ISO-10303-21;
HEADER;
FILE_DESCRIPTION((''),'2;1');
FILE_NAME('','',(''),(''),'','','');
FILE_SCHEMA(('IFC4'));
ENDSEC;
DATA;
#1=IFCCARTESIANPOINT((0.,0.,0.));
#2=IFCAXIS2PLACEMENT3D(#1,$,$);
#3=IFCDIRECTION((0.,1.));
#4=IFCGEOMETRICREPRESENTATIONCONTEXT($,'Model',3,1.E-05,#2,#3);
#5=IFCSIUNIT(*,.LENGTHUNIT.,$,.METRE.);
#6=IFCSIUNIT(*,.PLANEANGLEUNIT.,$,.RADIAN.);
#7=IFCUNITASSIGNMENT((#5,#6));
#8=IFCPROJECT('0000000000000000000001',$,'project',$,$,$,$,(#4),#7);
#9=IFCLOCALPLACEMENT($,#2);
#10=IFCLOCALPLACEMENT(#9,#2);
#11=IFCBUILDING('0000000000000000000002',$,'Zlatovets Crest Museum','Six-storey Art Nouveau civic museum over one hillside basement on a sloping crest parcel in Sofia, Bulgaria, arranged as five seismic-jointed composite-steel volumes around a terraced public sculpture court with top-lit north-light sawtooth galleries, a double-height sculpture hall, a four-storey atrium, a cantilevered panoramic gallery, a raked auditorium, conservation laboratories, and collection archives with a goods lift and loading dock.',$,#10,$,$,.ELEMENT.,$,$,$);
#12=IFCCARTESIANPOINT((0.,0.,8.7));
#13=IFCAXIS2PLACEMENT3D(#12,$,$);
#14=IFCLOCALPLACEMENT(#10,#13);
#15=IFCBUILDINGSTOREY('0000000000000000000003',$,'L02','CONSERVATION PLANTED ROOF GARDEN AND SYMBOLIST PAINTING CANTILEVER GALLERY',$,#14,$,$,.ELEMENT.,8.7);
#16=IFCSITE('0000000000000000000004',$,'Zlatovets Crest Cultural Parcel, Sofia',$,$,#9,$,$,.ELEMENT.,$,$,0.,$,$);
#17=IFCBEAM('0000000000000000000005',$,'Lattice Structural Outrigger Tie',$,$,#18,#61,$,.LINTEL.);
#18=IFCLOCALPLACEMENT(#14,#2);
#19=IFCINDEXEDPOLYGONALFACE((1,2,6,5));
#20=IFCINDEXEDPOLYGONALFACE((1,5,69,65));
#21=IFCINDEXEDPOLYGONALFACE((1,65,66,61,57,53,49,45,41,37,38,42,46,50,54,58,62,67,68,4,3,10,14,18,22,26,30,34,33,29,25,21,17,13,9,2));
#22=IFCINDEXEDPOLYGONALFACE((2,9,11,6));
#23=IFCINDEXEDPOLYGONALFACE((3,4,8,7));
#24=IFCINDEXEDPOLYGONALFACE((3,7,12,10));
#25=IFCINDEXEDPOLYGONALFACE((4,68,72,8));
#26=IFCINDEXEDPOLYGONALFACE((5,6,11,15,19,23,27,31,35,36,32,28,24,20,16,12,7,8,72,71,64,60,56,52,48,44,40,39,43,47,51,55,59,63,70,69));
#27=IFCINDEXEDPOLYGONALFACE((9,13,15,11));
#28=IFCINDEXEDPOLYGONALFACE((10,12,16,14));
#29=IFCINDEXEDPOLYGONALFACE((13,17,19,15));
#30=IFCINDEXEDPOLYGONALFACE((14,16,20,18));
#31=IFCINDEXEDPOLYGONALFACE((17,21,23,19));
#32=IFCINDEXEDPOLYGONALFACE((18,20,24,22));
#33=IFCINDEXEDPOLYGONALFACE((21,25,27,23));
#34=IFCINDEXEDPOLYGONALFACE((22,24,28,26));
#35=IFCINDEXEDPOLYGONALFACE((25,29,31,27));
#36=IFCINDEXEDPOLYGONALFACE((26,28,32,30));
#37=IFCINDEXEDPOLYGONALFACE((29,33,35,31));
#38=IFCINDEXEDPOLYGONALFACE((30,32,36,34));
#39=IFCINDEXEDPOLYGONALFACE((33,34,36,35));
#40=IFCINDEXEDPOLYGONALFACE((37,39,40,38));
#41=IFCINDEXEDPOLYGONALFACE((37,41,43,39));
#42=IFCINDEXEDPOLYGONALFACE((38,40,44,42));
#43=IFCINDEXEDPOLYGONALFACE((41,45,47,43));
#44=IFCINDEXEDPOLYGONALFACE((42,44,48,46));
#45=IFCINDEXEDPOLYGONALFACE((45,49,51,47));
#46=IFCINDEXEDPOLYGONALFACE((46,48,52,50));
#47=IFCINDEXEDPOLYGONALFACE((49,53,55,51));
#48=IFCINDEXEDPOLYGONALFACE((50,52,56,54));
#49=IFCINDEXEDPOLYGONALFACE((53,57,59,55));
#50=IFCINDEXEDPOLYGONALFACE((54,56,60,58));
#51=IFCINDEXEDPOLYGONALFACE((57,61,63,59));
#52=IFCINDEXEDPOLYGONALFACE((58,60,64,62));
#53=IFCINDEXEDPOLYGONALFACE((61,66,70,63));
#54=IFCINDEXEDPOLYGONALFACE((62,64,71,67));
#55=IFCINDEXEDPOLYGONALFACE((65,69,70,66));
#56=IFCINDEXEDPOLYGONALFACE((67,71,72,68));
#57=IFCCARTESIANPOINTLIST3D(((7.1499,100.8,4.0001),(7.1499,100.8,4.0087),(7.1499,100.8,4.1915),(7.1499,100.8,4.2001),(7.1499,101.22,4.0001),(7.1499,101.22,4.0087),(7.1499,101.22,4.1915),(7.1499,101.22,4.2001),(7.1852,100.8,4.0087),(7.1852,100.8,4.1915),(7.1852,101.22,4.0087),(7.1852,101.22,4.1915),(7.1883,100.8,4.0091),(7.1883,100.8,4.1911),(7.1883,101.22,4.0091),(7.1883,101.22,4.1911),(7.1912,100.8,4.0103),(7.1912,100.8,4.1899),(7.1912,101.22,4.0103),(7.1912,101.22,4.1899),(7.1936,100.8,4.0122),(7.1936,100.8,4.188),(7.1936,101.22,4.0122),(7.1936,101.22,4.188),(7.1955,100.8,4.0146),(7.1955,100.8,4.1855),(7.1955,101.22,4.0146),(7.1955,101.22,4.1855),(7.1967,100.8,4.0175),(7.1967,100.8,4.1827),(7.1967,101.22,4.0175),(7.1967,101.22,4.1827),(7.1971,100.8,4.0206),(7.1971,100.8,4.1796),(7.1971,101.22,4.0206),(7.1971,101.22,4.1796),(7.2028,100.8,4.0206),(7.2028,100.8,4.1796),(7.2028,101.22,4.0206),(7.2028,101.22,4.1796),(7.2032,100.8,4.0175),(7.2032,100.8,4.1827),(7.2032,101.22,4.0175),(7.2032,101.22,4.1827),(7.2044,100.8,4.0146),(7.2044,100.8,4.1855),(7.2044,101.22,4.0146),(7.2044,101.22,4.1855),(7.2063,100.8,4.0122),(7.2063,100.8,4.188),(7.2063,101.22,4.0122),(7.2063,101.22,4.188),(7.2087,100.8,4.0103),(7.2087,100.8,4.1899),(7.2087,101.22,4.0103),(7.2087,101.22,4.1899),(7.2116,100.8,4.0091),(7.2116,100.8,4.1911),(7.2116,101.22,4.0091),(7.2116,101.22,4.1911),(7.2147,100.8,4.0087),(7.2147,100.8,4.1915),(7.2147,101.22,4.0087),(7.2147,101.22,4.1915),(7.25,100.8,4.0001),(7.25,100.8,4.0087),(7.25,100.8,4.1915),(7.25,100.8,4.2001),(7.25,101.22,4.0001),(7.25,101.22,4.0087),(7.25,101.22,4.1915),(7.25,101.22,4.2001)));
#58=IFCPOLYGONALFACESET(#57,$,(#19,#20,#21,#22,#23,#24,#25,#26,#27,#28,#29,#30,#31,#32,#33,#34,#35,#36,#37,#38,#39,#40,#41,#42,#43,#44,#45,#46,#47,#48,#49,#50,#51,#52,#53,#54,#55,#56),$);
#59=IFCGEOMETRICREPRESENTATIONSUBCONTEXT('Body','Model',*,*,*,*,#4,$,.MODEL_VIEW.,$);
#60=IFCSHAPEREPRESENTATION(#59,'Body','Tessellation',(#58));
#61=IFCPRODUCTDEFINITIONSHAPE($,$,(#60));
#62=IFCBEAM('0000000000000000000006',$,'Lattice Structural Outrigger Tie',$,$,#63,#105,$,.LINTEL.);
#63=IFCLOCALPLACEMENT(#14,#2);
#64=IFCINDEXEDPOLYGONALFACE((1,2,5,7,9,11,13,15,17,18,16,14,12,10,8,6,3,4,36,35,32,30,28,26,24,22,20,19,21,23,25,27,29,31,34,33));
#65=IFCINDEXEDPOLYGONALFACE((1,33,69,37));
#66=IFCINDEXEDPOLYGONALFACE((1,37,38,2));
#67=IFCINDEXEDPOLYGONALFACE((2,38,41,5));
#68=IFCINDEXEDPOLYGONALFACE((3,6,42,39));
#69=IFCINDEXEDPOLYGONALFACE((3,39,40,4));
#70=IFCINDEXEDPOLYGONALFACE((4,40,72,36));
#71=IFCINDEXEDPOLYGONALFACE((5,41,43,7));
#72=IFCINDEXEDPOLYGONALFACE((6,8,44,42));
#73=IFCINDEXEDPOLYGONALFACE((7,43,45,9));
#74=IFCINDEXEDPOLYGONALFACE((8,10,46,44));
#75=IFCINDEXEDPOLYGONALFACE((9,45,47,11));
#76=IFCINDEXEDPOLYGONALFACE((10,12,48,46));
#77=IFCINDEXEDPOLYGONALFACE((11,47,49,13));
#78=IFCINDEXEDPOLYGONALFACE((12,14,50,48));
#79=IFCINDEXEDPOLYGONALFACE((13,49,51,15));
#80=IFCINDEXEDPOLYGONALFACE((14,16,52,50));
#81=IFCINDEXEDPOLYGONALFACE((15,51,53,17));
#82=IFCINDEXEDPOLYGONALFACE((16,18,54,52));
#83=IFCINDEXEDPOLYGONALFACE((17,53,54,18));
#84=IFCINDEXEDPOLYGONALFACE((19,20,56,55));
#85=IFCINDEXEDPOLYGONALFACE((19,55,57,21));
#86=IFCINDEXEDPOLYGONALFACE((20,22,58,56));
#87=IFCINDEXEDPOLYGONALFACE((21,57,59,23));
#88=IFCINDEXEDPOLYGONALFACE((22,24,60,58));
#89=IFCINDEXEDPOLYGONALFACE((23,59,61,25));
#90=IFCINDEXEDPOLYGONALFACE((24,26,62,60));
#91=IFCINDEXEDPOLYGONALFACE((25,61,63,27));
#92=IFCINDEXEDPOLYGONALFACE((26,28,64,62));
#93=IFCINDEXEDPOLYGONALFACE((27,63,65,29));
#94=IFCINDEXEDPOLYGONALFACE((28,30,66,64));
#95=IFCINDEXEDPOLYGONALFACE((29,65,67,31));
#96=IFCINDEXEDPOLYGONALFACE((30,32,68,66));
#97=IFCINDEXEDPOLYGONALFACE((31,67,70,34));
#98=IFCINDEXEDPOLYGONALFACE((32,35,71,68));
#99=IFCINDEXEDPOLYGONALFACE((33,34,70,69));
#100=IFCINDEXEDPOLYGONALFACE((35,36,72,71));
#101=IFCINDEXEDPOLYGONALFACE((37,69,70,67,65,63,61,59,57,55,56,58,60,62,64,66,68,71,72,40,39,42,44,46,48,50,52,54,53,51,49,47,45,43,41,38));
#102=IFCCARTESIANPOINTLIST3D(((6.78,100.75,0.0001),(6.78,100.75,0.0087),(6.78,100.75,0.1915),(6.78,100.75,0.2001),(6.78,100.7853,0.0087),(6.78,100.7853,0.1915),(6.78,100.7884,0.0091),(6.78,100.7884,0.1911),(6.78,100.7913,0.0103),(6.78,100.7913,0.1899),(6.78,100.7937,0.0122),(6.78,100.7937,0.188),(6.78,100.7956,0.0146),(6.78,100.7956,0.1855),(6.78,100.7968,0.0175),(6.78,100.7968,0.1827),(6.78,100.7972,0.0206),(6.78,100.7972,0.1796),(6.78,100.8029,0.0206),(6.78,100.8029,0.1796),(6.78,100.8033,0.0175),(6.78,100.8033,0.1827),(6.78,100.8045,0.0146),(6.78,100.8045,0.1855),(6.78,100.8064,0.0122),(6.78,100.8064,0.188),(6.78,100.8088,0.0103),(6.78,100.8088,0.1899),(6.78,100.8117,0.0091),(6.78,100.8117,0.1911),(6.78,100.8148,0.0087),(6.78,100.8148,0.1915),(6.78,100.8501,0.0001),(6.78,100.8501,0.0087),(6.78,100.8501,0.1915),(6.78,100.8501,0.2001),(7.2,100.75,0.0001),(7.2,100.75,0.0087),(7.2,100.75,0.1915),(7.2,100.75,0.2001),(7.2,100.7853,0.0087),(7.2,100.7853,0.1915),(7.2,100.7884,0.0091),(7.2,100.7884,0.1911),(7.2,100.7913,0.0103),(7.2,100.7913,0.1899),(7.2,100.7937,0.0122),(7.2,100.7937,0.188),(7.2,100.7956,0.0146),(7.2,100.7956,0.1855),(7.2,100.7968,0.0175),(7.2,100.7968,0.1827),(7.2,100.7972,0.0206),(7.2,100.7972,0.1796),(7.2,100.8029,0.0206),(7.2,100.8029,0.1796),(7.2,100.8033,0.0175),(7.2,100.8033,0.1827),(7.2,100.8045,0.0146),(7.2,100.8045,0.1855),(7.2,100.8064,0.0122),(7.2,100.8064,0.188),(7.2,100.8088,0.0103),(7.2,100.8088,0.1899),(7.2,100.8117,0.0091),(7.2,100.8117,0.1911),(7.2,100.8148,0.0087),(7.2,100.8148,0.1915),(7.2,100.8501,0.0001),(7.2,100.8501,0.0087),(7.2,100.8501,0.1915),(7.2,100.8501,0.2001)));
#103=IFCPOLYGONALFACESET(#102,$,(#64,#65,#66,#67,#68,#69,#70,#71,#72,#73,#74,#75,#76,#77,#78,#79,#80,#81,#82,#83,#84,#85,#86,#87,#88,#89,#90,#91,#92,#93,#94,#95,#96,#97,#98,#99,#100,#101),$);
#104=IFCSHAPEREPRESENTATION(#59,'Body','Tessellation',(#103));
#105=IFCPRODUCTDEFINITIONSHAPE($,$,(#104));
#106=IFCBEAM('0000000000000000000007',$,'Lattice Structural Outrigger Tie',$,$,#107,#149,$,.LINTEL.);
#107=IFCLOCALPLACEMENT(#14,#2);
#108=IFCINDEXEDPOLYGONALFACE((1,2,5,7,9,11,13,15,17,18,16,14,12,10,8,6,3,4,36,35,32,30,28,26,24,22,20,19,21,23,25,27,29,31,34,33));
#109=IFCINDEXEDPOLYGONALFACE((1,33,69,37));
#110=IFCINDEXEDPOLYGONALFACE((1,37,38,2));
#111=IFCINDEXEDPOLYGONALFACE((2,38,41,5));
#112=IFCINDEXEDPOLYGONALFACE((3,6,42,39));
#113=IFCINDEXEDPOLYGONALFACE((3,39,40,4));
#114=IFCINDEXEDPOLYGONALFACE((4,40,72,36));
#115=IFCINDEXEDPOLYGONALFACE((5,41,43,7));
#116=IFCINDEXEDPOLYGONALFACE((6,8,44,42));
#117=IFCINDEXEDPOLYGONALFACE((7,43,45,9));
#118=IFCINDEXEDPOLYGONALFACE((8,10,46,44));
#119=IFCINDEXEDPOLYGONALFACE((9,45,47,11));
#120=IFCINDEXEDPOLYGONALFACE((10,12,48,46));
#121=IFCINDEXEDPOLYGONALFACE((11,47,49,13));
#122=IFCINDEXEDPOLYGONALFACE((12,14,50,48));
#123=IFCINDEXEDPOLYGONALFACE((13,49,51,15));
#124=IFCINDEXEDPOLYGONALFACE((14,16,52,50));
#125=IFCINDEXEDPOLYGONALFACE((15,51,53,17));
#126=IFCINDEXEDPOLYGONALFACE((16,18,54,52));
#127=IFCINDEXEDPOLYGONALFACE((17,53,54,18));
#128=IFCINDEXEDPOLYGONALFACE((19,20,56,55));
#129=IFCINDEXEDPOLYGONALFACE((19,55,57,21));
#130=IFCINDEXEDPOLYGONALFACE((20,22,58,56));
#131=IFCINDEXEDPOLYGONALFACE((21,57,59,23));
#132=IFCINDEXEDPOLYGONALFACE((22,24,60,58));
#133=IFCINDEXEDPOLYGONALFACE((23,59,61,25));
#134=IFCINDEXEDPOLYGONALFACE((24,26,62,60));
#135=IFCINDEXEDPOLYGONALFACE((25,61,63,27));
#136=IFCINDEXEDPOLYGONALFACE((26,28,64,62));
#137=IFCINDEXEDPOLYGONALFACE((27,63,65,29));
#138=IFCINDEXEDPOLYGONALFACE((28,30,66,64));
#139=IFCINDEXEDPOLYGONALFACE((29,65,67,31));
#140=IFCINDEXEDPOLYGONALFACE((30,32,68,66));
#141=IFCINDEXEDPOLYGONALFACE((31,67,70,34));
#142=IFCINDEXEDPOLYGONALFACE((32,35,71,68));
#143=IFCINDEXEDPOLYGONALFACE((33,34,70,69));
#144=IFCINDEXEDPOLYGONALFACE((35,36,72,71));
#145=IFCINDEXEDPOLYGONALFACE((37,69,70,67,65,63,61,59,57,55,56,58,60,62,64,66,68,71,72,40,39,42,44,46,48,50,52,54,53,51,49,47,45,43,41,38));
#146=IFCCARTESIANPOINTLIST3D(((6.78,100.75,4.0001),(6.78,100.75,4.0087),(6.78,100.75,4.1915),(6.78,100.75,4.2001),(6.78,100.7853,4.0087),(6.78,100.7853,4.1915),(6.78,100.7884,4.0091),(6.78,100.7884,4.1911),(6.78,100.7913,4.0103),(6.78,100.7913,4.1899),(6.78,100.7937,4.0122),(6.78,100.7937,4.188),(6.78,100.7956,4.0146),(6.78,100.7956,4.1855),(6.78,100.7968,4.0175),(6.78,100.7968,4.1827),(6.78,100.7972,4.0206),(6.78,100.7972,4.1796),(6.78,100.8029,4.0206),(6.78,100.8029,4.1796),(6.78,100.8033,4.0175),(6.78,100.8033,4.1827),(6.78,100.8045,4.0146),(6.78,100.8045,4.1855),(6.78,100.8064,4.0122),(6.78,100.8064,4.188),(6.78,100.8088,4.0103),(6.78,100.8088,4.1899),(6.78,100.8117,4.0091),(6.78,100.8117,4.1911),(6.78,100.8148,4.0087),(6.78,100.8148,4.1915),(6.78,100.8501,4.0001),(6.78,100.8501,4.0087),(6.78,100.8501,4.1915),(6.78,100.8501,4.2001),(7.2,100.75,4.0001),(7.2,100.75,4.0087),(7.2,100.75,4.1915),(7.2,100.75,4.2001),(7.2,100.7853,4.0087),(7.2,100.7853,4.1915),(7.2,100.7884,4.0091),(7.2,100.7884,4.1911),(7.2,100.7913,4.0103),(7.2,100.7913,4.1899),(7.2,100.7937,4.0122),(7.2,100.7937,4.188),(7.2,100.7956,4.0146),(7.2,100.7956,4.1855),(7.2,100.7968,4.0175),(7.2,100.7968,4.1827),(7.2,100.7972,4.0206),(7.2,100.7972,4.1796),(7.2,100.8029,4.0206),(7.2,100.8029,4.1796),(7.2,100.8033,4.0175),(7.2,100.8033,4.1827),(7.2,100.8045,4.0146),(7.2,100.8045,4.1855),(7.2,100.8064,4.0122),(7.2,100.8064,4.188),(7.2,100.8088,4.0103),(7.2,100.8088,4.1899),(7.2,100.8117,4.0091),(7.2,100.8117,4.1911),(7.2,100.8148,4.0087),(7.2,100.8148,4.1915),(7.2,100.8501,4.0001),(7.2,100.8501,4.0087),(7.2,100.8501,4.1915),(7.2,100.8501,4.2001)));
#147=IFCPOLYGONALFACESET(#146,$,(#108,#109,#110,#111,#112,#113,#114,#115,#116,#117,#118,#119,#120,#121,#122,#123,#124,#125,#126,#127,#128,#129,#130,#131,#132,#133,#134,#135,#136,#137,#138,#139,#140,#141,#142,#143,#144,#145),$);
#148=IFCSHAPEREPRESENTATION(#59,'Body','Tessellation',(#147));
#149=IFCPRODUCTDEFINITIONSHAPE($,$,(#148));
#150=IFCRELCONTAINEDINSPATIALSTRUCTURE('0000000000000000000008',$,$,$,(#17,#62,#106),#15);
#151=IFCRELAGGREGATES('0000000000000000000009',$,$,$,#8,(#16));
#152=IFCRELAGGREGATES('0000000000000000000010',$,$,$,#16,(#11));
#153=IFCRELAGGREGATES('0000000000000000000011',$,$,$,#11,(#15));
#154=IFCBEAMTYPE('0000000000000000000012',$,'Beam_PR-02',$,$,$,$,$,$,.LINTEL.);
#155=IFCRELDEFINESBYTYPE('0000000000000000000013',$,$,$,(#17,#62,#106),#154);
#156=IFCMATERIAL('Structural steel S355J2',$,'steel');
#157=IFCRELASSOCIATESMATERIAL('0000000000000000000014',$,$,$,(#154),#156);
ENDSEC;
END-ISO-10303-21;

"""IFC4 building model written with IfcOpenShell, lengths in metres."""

from ifc_helpers import new_model, si_unit, direction, frame, origin, origin_2d, place, context, subcontext, project, spatial, i_section, extrude, material, material_profile, profile_set, type_object, element, save


model = new_model("IFC4")

# Units and contexts
model_context = context("Model", 3, precision=1e-05, world=origin(), true_north=direction((0.0, 1.0)))
body_context = subcontext(model_context, "Body", "Model", "MODEL_VIEW")
ifc_project = project(units=[si_unit("LENGTHUNIT", "METRE"), si_unit("PLANEANGLEUNIT", "RADIAN")], contexts=[model_context])

# Site, building, storey
site_placement = place(None, origin())
site = spatial("IfcSite", under=ifc_project, at=site_placement, Name="Zlatovets Crest Cultural Parcel, Sofia", CompositionType="ELEMENT", RefElevation=0.0)
building_placement = place(site_placement, origin())
building = spatial("IfcBuilding", under=site, at=building_placement, Name="Zlatovets Crest Museum", Description="Six-storey Art Nouveau civic museum over one hillside basement on a sloping crest parcel in Sofia, Bulgaria, arranged as five seismic-jointed composite-steel volumes around a terraced public sculpture court with top-lit north-light sawtooth galleries, a double-height sculpture hall, a four-storey atrium, a cantilevered panoramic gallery, a raked auditorium, conservation laboratories, and collection archives with a goods lift and loading dock.", CompositionType="ELEMENT")
storey_placement = place(building_placement, frame((0.0, 0.0, 8.7)))
storey = spatial("IfcBuildingStorey", under=building, at=storey_placement, Name="L02", Description="CONSERVATION PLANTED ROOF GARDEN AND SYMBOLIST PAINTING CANTILEVER GALLERY", CompositionType="ELEMENT", Elevation=8.7)

# Shared definitions
ifc_material_1 = material(Name="Structural steel S355J2", Category="steel")

# Beams
ifc_material_profile_1 = material_profile(ifc_material_1, i_section(OverallWidth=0.1001, OverallDepth=0.2, WebThickness=0.0056, FlangeThickness=0.0085, FilletRadius=0.012, at=origin_2d()), Name="IPE 200")
ifc_profile_set_1 = profile_set([ifc_material_profile_1], Name="Structural steel S355J2")
beam_type_1 = type_object("IfcBeamType", Name="Beam_PR-02", PredefinedType="LINTEL", material=ifc_profile_set_1)
for number, where, z_axis, x_axis, name in (
    (1, (7.2, 100.8, 4.1001), (0.0, 1.0, 0.0), (-1.0, 0.0, 0.0), "Lattice Structural Outrigger Tie"),
    (2, (7.2, 100.8, 0.1001), (-1.0, 0.0, 0.0), (0.0, -1.0, 0.0), "Lattice Structural Outrigger Tie"),
    (3, (7.2, 100.8, 4.1001), (-1.0, 0.0, 0.0), (0.0, -1.0, 0.0), "Lattice Structural Outrigger Tie"),
):
    element("IfcBeam", number, at=place(storey_placement, frame(where, z_axis=z_axis, x_axis=x_axis)), inside=storey, type_object=beam_type_1, Name=name, PredefinedType="LINTEL", context=body_context, shape_type="SweptSolid", body=[
        extrude(i_section(OverallWidth=0.1001, OverallDepth=0.2, WebThickness=0.0056, FlangeThickness=0.0085, FilletRadius=0.012, at=origin_2d()), origin(), (0.0, 0.0, 1.0), 0.4199),
    ])

save(model, "model.ifc")
